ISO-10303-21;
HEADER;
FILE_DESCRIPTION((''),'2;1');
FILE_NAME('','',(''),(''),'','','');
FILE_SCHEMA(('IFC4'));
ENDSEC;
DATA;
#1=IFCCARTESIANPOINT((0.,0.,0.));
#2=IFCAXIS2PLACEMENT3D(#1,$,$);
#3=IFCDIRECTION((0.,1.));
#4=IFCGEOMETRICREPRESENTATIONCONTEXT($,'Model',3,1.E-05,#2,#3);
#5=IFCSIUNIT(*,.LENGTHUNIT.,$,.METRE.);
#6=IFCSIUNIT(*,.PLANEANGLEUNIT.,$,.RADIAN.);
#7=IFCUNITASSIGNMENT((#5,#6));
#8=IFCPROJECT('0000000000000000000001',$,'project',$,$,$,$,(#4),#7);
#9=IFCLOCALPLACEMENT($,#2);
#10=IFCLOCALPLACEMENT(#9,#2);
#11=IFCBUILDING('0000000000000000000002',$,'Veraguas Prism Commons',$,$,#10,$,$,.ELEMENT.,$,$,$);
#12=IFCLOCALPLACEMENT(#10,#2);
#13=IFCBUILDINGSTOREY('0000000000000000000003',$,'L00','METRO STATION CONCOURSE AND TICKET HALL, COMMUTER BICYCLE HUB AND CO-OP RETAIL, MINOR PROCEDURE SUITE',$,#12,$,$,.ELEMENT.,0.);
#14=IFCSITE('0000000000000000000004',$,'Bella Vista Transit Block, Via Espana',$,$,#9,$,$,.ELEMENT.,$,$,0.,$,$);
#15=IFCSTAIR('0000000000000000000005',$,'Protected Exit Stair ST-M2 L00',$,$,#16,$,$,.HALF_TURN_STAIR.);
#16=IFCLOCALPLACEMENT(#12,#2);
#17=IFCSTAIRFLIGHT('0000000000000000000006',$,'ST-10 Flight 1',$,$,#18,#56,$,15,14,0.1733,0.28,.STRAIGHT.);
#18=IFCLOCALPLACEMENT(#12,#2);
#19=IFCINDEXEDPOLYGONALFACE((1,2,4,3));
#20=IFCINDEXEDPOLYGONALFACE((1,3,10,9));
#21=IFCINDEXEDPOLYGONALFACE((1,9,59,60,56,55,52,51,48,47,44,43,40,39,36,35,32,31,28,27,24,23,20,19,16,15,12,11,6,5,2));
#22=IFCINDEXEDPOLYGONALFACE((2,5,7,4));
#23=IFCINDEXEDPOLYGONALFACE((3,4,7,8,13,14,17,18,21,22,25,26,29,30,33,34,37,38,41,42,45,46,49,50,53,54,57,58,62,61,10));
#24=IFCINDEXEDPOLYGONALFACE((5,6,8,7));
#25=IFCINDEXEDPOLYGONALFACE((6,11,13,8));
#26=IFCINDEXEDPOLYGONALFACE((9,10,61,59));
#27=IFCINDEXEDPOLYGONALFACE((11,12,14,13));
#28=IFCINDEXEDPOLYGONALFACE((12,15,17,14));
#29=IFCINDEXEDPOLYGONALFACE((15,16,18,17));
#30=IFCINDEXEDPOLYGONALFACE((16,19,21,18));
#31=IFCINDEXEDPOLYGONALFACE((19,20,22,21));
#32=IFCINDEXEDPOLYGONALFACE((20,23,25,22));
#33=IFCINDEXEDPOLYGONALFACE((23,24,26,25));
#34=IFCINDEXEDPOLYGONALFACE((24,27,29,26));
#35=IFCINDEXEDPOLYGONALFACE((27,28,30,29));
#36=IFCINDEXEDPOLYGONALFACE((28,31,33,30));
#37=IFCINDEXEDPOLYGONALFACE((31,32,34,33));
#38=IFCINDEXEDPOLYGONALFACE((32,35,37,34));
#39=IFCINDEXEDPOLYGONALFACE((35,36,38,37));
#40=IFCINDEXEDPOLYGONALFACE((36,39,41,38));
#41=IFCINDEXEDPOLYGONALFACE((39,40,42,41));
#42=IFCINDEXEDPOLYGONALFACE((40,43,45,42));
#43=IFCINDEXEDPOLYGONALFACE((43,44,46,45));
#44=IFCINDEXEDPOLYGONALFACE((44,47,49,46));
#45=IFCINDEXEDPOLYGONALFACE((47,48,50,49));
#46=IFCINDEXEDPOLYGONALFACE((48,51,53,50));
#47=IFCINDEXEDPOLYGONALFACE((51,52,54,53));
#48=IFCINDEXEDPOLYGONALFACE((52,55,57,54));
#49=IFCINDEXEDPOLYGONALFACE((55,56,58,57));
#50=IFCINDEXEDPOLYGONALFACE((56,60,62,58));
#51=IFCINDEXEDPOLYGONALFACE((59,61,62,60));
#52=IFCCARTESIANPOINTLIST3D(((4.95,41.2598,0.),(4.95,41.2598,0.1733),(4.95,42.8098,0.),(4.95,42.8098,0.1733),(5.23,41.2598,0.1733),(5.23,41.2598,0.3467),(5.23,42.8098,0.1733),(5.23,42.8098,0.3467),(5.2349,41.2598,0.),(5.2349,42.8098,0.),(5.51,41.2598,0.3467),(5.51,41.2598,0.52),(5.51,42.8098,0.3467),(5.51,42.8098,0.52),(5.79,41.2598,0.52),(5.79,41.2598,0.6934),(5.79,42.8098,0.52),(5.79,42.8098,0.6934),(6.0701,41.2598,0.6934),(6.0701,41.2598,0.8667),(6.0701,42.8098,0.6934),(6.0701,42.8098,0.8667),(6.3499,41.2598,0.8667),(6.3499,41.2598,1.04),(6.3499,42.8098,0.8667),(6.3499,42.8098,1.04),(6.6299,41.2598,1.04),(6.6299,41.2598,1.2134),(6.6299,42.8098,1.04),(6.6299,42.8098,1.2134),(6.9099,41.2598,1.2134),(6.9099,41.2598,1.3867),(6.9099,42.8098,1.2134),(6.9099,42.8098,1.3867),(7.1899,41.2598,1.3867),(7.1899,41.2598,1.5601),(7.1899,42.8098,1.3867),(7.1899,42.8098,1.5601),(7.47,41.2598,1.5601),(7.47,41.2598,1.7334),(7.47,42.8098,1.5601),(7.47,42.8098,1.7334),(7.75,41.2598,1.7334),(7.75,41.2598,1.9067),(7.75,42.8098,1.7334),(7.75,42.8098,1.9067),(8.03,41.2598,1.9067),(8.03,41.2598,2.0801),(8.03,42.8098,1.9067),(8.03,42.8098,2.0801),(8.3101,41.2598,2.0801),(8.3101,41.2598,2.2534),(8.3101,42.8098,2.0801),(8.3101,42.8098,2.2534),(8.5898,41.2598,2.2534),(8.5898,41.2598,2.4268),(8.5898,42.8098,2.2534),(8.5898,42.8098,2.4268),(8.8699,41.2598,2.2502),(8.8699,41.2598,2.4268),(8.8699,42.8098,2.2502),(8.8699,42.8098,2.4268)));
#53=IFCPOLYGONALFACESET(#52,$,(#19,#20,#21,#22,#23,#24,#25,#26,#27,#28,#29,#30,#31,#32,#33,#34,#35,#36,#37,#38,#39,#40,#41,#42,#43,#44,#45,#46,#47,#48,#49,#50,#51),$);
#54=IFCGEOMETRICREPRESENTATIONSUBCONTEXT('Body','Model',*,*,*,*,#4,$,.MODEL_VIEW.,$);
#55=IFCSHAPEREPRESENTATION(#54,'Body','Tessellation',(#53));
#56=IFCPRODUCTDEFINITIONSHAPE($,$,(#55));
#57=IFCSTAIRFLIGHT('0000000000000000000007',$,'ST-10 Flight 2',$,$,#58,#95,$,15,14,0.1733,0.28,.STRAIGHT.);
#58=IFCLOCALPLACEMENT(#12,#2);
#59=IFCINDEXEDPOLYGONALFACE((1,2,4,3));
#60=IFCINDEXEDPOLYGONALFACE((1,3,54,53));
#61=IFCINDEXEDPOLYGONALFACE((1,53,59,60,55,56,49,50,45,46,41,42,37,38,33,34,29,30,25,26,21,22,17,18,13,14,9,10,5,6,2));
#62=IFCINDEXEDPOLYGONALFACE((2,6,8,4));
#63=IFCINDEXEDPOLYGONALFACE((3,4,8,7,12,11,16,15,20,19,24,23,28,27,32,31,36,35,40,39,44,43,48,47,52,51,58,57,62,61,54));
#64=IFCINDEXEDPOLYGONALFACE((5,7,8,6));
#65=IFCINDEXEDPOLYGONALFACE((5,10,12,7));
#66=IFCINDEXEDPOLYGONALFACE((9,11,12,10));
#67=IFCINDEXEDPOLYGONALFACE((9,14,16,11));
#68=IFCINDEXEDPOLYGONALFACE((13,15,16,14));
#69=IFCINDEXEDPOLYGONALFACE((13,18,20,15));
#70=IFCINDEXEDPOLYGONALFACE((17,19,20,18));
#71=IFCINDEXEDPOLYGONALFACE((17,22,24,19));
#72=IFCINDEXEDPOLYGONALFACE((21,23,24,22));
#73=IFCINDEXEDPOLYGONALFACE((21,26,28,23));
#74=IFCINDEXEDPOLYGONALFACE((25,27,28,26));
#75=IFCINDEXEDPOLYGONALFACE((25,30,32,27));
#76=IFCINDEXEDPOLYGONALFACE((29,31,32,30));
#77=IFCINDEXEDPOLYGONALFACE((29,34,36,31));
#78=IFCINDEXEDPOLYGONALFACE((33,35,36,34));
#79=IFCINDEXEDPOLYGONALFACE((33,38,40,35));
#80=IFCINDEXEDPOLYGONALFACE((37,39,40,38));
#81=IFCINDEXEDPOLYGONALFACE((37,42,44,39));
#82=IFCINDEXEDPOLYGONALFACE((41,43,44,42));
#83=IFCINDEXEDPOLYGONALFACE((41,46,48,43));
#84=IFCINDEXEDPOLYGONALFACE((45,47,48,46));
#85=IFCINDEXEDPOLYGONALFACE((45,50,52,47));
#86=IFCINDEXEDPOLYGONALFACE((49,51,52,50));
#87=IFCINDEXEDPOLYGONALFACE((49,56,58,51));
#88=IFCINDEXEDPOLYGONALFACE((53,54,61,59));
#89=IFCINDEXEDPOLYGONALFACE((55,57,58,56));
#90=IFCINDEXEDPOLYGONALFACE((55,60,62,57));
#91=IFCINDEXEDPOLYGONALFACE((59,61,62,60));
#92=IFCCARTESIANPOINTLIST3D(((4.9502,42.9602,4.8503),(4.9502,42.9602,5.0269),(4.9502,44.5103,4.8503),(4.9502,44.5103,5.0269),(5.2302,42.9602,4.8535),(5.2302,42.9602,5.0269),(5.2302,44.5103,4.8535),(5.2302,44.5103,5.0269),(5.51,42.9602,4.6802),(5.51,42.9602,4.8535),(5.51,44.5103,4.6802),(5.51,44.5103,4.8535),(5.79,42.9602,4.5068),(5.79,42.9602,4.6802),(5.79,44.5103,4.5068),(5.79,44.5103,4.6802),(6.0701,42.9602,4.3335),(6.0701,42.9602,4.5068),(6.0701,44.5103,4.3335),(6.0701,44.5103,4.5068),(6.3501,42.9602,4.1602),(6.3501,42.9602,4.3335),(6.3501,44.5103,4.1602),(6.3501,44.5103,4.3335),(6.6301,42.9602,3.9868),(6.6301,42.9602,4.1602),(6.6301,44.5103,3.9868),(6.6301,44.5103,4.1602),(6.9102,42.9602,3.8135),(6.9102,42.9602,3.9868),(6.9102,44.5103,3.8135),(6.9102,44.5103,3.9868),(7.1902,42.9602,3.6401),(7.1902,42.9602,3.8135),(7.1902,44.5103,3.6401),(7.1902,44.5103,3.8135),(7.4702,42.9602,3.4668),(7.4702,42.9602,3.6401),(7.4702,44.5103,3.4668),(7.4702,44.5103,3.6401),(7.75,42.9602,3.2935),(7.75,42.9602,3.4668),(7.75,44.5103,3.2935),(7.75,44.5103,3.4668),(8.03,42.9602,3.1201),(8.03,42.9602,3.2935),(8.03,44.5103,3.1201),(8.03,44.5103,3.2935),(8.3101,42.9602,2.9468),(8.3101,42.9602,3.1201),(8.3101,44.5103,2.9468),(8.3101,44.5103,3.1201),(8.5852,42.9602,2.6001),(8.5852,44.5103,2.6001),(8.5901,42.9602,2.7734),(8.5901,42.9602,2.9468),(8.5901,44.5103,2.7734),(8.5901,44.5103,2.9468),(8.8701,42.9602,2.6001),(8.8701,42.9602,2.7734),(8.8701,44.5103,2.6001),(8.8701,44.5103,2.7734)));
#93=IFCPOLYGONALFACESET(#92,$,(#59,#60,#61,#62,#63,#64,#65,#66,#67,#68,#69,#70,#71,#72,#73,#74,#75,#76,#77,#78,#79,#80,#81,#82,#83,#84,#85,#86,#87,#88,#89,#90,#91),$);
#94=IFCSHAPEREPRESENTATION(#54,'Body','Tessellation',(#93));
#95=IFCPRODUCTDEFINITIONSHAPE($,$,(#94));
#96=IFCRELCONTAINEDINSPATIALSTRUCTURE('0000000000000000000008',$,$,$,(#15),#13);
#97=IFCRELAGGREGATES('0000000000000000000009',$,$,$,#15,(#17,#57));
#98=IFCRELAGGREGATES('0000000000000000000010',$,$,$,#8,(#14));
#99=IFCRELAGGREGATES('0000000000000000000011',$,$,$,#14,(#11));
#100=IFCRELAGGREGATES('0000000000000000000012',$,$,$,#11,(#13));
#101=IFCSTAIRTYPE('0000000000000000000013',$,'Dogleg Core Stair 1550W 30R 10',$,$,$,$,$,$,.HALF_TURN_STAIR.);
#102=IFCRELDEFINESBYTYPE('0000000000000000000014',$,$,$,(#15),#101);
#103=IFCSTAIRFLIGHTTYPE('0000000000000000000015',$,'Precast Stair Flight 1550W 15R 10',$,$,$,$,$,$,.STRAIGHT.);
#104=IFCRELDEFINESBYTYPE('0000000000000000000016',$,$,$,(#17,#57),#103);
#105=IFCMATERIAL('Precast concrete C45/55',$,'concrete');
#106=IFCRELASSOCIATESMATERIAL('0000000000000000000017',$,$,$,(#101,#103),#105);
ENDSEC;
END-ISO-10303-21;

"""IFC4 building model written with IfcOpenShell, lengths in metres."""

from ifc_helpers import new_model, si_unit, direction, frame, origin, place, context, subcontext, project, spatial, polyline, outline, extrude, material, type_object, element, aggregate, save


model = new_model("IFC4")

# Units and contexts
model_context = context("Model", 3, precision=1e-05, world=origin(), true_north=direction((0.0, 1.0)))
body_context = subcontext(model_context, "Body", "Model", "MODEL_VIEW")
ifc_project = project(units=[si_unit("LENGTHUNIT", "METRE"), si_unit("PLANEANGLEUNIT", "RADIAN")], contexts=[model_context])

# Site, building, storey
site_placement = place(None, origin())
site = spatial("IfcSite", under=ifc_project, at=site_placement, Name="Bella Vista Transit Block, Via Espana", CompositionType="ELEMENT", RefElevation=0.0)
building_placement = place(site_placement, origin())
building = spatial("IfcBuilding", under=site, at=building_placement, Name="Veraguas Prism Commons", CompositionType="ELEMENT")
storey_placement = place(building_placement, origin())
storey = spatial("IfcBuildingStorey", under=building, at=storey_placement, Name="L00", Description="METRO STATION CONCOURSE AND TICKET HALL, COMMUTER BICYCLE HUB AND CO-OP RETAIL, MINOR PROCEDURE SUITE", CompositionType="ELEMENT", Elevation=0.0)

# Stair, stair flights
ifc_material_1 = material(Name="Precast concrete C45/55", Category="concrete")
stair_type = type_object("IfcStairType", Name="Dogleg Core Stair 1550W 30R 10", PredefinedType="HALF_TURN_STAIR", material=ifc_material_1)
stair_placement = place(storey_placement, origin())
stair = element("IfcStair", 1, at=stair_placement, inside=storey, type_object=stair_type, Name="Protected Exit Stair ST-M2 L00", PredefinedType="HALF_TURN_STAIR")
stair_flight_type = type_object("IfcStairFlightType", Name="Precast Stair Flight 1550W 15R 10", PredefinedType="STRAIGHT", material=ifc_material_1)
stair_flight_1_placement = place(storey_placement, frame((4.95, 42.0349, 0.0), z_axis=(0.0, 0.0, 1.0), x_axis=(1.0, 0.0, 0.0)))
stair_flight_1 = element("IfcStairFlight", 2, at=stair_flight_1_placement, type_object=stair_flight_type, Name="ST-10 Flight 1", NumberOfRisers=15, NumberOfTreads=14, PredefinedType="STRAIGHT", RiserHeight=0.1733, TreadLength=0.28, context=body_context, shape_type="SweptSolid", body=[
    extrude(outline(polyline([(0.0, 0.0), (0.0, 0.1733), (0.28, 0.1733), (0.28, 0.3467), (0.5601, 0.3467), (0.5601, 0.52), (0.8401, 0.52), (0.8401, 0.6934), (1.1201, 0.6934), (1.1201, 0.8667), (1.3999, 0.8667), (1.3999, 1.04), (1.6799, 1.04), (1.6799, 1.2134), (1.96, 1.2134), (1.96, 1.3867), (2.24, 1.3867), (2.24, 1.5601), (2.52, 1.5601), (2.52, 1.7334), (2.8, 1.7334), (2.8, 1.9067), (3.0801, 1.9067), (3.0801, 2.0801), (3.3601, 2.0801), (3.3601, 2.2534), (3.6399, 2.2534), (3.6399, 2.4268), (3.9199, 2.4268), (3.9199, 2.6001), (3.9199, 2.2502), (0.2849, 0.0), (0.0, 0.0)])), frame((0.0, 0.7749, 0.0), z_axis=(0.0, -1.0, 0.0), x_axis=(1.0, 0.0, 0.0)), (0.0, 0.0, 1.0), 1.55),
])
stair_flight_2_placement = place(storey_placement, frame((8.8701, 43.7351, 2.6001), z_axis=(0.0, 0.0, 1.0), x_axis=(-1.0, 0.0, 0.0)))
stair_flight_2 = element("IfcStairFlight", 3, at=stair_flight_2_placement, type_object=stair_flight_type, Name="ST-10 Flight 2", NumberOfRisers=15, NumberOfTreads=14, PredefinedType="STRAIGHT", RiserHeight=0.1733, TreadLength=0.28, context=body_context, shape_type="SweptSolid", body=[
    extrude(outline(polyline([(0.0, 0.0), (0.0, 0.1733), (0.28, 0.1733), (0.28, 0.3467), (0.5601, 0.3467), (0.5601, 0.52), (0.8401, 0.52), (0.8401, 0.6934), (1.1201, 0.6934), (1.1201, 0.8667), (1.3999, 0.8667), (1.3999, 1.04), (1.6799, 1.04), (1.6799, 1.2134), (1.96, 1.2134), (1.96, 1.3867), (2.24, 1.3867), (2.24, 1.5601), (2.52, 1.5601), (2.52, 1.7334), (2.8, 1.7334), (2.8, 1.9067), (3.0801, 1.9067), (3.0801, 2.0801), (3.3601, 2.0801), (3.3601, 2.2534), (3.6399, 2.2534), (3.6399, 2.4268), (3.9199, 2.4268), (3.9199, 2.6001), (3.9199, 2.2502), (0.2849, 0.0), (0.0, 0.0)])), frame((0.0, 0.7749, 0.0), z_axis=(0.0, -1.0, 0.0), x_axis=(1.0, 0.0, 0.0)), (0.0, 0.0, 1.0), 1.55),
])
aggregate(stair, [stair_flight_1, stair_flight_2])

save(model, "model.ifc")
